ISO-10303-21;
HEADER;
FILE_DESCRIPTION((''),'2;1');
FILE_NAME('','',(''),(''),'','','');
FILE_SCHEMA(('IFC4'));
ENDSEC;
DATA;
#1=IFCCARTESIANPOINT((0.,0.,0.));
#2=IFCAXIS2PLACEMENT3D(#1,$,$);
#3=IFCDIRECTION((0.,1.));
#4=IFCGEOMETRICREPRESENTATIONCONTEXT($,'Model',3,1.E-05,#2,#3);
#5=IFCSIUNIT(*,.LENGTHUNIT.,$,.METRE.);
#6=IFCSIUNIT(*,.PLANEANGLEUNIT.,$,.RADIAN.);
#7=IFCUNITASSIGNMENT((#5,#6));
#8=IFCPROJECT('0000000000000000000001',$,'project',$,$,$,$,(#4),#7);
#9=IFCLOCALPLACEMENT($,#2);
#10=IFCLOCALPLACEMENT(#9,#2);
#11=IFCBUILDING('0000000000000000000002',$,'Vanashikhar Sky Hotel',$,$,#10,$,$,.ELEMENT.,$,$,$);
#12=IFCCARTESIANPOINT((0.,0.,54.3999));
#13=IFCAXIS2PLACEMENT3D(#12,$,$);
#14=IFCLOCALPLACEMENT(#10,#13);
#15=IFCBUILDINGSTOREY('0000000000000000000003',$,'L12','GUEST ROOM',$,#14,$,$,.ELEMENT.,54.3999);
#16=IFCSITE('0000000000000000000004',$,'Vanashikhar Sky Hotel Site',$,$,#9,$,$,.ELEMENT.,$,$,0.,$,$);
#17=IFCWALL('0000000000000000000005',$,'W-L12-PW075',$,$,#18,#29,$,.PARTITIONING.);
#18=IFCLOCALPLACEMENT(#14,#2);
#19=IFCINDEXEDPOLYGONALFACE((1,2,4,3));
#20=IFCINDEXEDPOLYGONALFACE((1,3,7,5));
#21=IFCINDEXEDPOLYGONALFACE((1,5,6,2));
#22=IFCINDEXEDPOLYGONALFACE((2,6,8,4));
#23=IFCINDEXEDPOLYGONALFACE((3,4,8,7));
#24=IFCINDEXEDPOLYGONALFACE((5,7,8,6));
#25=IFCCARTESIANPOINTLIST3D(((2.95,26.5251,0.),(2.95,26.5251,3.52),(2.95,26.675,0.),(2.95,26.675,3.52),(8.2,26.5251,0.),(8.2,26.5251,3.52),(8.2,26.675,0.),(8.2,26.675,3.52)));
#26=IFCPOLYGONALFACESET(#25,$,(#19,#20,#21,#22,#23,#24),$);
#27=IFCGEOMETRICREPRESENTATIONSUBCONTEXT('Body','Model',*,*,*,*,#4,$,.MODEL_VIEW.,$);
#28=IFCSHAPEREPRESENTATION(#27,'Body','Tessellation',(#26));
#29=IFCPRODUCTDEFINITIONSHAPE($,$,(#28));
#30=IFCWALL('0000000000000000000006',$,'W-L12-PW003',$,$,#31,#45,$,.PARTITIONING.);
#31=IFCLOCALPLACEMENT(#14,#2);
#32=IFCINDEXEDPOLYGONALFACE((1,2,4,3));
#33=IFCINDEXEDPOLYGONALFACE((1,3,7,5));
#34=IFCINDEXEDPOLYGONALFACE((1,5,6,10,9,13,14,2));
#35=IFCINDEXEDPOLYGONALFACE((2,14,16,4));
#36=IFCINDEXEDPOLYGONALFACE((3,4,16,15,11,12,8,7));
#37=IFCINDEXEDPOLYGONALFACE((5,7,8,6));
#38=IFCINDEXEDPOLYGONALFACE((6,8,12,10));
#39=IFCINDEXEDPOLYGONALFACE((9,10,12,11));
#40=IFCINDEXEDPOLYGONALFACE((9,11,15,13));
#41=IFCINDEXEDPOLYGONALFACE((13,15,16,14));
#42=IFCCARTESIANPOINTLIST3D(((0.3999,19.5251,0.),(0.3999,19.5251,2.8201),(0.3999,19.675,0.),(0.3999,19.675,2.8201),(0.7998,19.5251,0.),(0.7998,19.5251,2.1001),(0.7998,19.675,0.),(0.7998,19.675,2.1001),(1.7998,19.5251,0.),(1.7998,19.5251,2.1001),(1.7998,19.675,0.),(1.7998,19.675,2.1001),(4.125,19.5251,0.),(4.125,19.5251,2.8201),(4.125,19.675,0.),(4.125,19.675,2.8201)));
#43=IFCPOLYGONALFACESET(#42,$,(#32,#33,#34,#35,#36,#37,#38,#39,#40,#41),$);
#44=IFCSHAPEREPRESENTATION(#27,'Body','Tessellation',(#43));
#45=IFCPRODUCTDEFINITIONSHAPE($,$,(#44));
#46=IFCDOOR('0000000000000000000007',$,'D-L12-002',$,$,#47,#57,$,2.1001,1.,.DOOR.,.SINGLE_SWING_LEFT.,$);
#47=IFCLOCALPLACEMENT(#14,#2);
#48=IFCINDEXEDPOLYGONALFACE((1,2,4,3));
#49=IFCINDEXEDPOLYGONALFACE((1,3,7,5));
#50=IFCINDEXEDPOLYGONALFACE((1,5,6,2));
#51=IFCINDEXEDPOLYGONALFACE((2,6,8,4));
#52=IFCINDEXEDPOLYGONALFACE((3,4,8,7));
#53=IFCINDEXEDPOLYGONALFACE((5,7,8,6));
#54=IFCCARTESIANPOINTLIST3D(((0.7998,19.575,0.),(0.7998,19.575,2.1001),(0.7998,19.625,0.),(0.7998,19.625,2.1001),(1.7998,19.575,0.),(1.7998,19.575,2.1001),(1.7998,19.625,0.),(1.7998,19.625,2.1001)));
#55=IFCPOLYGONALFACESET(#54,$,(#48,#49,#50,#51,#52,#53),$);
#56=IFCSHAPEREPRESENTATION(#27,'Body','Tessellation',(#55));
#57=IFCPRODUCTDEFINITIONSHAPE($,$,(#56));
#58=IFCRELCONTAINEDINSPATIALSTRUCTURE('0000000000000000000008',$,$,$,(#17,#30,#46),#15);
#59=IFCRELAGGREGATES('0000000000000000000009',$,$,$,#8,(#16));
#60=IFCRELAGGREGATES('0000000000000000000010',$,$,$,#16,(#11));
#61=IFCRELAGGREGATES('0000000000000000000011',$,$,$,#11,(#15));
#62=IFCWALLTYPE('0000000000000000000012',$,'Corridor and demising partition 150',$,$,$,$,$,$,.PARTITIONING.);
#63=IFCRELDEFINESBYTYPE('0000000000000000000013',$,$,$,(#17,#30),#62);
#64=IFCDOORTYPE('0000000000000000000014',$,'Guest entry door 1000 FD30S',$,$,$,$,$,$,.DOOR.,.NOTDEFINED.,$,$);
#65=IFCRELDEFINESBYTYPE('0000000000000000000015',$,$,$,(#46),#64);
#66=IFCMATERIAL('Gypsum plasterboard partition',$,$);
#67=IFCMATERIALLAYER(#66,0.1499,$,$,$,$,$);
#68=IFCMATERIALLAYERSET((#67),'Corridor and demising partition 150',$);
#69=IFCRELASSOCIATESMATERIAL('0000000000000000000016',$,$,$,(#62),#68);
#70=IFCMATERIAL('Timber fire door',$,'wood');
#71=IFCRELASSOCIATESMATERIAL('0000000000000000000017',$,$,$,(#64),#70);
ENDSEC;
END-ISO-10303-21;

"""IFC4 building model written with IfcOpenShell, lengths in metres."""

from ifc_helpers import new_model, si_unit, direction, frame, frame_2d, origin, place, context, subcontext, project, spatial, rectangle, extrude, source, transform, mapped, material, layer, layer_set, type_object, element, fill, save


model = new_model("IFC4")

# Units and contexts
model_context = context("Model", 3, precision=1e-05, world=origin(), true_north=direction((0.0, 1.0)))
body_context = subcontext(model_context, "Body", "Model", "MODEL_VIEW")
ifc_project = project(units=[si_unit("LENGTHUNIT", "METRE"), si_unit("PLANEANGLEUNIT", "RADIAN")], contexts=[model_context])

# Site, building, storey
site_placement = place(None, origin())
site = spatial("IfcSite", under=ifc_project, at=site_placement, Name="Vanashikhar Sky Hotel Site", CompositionType="ELEMENT", RefElevation=0.0)
building_placement = place(site_placement, origin())
building = spatial("IfcBuilding", under=site, at=building_placement, Name="Vanashikhar Sky Hotel", CompositionType="ELEMENT")
storey_placement = place(building_placement, frame((0.0, 0.0, 54.3999)))
storey = spatial("IfcBuildingStorey", under=building, at=storey_placement, Name="L12", Description="GUEST ROOM", CompositionType="ELEMENT", Elevation=54.3999)

# Shared definitions
ifc_material_1 = material(Name="Gypsum plasterboard partition")
ifc_layer_1 = layer(ifc_material_1, 0.1499)
ifc_layer_set_1 = layer_set([ifc_layer_1], Name="Corridor and demising partition 150")
wall_type_1 = type_object("IfcWallType", Name="Corridor and demising partition 150", PredefinedType="PARTITIONING", material=ifc_layer_set_1)
shared_shape_1 = source(origin(), body_context, "Body", "SweptSolid", [
    extrude(rectangle(XDim=1.0, YDim=2.1001, at=frame_2d((0.5, 1.05))), frame((0.0, 0.085, 0.0), z_axis=(0.0, -1.0, 0.0), x_axis=(1.0, 0.0, 0.0)), (0.0, 0.0, 1.0), 0.1699),
])
ifc_material_2 = material(Name="Timber fire door", Category="wood")
door_type = type_object("IfcDoorType", Name="Guest entry door 1000 FD30S", OperationType="NOTDEFINED", PredefinedType="DOOR", material=ifc_material_2)
shared_shape_2 = source(origin(), body_context, "Body", "SweptSolid", [
    extrude(rectangle(XDim=1.0, YDim=2.1001, at=frame_2d((0.5, 1.05))), frame((0.0, 0.0249, 0.0), z_axis=(0.0, -1.0, 0.0), x_axis=(1.0, 0.0, 0.0)), (0.0, 0.0, 1.0), 0.05),
])

# Wall
shared_shape_3 = source(origin(), body_context, "Body", "SweptSolid", [
    extrude(rectangle(XDim=5.25, YDim=0.1499, at=frame_2d((2.625, 0.0))), origin(), (0.0, 0.0, 1.0), 3.52),
])
wall_1_placement = place(storey_placement, frame((2.95, 26.6001, 0.0), z_axis=(0.0, 0.0, 1.0), x_axis=(1.0, 0.0, 0.0)))
element("IfcWall", 1, at=wall_1_placement, inside=storey, type_object=wall_type_1, Name="W-L12-PW075", PredefinedType="PARTITIONING", context=body_context, shape_type="MappedRepresentation", body=[
    mapped(shared_shape_3, transform((0.0, 0.0, 0.0), scale=1.0)),
])

# Wall, opening, door
shared_shape_4 = source(origin(), body_context, "Body", "SweptSolid", [
    extrude(rectangle(XDim=3.7251, YDim=0.1499, at=frame_2d((1.8625, 0.0))), origin(), (0.0, 0.0, 1.0), 2.8201),
])
wall_2_placement = place(storey_placement, frame((0.3999, 19.6001, 0.0), z_axis=(0.0, 0.0, 1.0), x_axis=(1.0, 0.0, 0.0)))
wall_2 = element("IfcWall", 2, at=wall_2_placement, inside=storey, type_object=wall_type_1, Name="W-L12-PW003", PredefinedType="PARTITIONING", context=body_context, shape_type="MappedRepresentation", body=[
    mapped(shared_shape_4, transform((0.0, 0.0, 0.0), scale=1.0)),
])
opening_1_placement = place(wall_2_placement, frame((0.3999, 0.0, 0.0)))
opening_1 = element("IfcOpeningElement", 3, at=opening_1_placement, cuts=wall_2, PredefinedType="OPENING", context=body_context, shape_type="MappedRepresentation", body=[
    mapped(shared_shape_1, transform((0.0, 0.0, 0.0), scale=1.0)),
])
door_1_placement = place(opening_1_placement, origin())
door_1 = element("IfcDoor", 4, at=door_1_placement, inside=storey, type_object=door_type, Name="D-L12-002", OperationType="SINGLE_SWING_LEFT", OverallHeight=2.1001, OverallWidth=1.0, PredefinedType="DOOR", context=body_context, shape_type="MappedRepresentation", body=[
    mapped(shared_shape_2, transform((0.0, 0.0, 0.0), scale=1.0)),
])
fill(opening_1, door_1)

save(model, "model.ifc")
